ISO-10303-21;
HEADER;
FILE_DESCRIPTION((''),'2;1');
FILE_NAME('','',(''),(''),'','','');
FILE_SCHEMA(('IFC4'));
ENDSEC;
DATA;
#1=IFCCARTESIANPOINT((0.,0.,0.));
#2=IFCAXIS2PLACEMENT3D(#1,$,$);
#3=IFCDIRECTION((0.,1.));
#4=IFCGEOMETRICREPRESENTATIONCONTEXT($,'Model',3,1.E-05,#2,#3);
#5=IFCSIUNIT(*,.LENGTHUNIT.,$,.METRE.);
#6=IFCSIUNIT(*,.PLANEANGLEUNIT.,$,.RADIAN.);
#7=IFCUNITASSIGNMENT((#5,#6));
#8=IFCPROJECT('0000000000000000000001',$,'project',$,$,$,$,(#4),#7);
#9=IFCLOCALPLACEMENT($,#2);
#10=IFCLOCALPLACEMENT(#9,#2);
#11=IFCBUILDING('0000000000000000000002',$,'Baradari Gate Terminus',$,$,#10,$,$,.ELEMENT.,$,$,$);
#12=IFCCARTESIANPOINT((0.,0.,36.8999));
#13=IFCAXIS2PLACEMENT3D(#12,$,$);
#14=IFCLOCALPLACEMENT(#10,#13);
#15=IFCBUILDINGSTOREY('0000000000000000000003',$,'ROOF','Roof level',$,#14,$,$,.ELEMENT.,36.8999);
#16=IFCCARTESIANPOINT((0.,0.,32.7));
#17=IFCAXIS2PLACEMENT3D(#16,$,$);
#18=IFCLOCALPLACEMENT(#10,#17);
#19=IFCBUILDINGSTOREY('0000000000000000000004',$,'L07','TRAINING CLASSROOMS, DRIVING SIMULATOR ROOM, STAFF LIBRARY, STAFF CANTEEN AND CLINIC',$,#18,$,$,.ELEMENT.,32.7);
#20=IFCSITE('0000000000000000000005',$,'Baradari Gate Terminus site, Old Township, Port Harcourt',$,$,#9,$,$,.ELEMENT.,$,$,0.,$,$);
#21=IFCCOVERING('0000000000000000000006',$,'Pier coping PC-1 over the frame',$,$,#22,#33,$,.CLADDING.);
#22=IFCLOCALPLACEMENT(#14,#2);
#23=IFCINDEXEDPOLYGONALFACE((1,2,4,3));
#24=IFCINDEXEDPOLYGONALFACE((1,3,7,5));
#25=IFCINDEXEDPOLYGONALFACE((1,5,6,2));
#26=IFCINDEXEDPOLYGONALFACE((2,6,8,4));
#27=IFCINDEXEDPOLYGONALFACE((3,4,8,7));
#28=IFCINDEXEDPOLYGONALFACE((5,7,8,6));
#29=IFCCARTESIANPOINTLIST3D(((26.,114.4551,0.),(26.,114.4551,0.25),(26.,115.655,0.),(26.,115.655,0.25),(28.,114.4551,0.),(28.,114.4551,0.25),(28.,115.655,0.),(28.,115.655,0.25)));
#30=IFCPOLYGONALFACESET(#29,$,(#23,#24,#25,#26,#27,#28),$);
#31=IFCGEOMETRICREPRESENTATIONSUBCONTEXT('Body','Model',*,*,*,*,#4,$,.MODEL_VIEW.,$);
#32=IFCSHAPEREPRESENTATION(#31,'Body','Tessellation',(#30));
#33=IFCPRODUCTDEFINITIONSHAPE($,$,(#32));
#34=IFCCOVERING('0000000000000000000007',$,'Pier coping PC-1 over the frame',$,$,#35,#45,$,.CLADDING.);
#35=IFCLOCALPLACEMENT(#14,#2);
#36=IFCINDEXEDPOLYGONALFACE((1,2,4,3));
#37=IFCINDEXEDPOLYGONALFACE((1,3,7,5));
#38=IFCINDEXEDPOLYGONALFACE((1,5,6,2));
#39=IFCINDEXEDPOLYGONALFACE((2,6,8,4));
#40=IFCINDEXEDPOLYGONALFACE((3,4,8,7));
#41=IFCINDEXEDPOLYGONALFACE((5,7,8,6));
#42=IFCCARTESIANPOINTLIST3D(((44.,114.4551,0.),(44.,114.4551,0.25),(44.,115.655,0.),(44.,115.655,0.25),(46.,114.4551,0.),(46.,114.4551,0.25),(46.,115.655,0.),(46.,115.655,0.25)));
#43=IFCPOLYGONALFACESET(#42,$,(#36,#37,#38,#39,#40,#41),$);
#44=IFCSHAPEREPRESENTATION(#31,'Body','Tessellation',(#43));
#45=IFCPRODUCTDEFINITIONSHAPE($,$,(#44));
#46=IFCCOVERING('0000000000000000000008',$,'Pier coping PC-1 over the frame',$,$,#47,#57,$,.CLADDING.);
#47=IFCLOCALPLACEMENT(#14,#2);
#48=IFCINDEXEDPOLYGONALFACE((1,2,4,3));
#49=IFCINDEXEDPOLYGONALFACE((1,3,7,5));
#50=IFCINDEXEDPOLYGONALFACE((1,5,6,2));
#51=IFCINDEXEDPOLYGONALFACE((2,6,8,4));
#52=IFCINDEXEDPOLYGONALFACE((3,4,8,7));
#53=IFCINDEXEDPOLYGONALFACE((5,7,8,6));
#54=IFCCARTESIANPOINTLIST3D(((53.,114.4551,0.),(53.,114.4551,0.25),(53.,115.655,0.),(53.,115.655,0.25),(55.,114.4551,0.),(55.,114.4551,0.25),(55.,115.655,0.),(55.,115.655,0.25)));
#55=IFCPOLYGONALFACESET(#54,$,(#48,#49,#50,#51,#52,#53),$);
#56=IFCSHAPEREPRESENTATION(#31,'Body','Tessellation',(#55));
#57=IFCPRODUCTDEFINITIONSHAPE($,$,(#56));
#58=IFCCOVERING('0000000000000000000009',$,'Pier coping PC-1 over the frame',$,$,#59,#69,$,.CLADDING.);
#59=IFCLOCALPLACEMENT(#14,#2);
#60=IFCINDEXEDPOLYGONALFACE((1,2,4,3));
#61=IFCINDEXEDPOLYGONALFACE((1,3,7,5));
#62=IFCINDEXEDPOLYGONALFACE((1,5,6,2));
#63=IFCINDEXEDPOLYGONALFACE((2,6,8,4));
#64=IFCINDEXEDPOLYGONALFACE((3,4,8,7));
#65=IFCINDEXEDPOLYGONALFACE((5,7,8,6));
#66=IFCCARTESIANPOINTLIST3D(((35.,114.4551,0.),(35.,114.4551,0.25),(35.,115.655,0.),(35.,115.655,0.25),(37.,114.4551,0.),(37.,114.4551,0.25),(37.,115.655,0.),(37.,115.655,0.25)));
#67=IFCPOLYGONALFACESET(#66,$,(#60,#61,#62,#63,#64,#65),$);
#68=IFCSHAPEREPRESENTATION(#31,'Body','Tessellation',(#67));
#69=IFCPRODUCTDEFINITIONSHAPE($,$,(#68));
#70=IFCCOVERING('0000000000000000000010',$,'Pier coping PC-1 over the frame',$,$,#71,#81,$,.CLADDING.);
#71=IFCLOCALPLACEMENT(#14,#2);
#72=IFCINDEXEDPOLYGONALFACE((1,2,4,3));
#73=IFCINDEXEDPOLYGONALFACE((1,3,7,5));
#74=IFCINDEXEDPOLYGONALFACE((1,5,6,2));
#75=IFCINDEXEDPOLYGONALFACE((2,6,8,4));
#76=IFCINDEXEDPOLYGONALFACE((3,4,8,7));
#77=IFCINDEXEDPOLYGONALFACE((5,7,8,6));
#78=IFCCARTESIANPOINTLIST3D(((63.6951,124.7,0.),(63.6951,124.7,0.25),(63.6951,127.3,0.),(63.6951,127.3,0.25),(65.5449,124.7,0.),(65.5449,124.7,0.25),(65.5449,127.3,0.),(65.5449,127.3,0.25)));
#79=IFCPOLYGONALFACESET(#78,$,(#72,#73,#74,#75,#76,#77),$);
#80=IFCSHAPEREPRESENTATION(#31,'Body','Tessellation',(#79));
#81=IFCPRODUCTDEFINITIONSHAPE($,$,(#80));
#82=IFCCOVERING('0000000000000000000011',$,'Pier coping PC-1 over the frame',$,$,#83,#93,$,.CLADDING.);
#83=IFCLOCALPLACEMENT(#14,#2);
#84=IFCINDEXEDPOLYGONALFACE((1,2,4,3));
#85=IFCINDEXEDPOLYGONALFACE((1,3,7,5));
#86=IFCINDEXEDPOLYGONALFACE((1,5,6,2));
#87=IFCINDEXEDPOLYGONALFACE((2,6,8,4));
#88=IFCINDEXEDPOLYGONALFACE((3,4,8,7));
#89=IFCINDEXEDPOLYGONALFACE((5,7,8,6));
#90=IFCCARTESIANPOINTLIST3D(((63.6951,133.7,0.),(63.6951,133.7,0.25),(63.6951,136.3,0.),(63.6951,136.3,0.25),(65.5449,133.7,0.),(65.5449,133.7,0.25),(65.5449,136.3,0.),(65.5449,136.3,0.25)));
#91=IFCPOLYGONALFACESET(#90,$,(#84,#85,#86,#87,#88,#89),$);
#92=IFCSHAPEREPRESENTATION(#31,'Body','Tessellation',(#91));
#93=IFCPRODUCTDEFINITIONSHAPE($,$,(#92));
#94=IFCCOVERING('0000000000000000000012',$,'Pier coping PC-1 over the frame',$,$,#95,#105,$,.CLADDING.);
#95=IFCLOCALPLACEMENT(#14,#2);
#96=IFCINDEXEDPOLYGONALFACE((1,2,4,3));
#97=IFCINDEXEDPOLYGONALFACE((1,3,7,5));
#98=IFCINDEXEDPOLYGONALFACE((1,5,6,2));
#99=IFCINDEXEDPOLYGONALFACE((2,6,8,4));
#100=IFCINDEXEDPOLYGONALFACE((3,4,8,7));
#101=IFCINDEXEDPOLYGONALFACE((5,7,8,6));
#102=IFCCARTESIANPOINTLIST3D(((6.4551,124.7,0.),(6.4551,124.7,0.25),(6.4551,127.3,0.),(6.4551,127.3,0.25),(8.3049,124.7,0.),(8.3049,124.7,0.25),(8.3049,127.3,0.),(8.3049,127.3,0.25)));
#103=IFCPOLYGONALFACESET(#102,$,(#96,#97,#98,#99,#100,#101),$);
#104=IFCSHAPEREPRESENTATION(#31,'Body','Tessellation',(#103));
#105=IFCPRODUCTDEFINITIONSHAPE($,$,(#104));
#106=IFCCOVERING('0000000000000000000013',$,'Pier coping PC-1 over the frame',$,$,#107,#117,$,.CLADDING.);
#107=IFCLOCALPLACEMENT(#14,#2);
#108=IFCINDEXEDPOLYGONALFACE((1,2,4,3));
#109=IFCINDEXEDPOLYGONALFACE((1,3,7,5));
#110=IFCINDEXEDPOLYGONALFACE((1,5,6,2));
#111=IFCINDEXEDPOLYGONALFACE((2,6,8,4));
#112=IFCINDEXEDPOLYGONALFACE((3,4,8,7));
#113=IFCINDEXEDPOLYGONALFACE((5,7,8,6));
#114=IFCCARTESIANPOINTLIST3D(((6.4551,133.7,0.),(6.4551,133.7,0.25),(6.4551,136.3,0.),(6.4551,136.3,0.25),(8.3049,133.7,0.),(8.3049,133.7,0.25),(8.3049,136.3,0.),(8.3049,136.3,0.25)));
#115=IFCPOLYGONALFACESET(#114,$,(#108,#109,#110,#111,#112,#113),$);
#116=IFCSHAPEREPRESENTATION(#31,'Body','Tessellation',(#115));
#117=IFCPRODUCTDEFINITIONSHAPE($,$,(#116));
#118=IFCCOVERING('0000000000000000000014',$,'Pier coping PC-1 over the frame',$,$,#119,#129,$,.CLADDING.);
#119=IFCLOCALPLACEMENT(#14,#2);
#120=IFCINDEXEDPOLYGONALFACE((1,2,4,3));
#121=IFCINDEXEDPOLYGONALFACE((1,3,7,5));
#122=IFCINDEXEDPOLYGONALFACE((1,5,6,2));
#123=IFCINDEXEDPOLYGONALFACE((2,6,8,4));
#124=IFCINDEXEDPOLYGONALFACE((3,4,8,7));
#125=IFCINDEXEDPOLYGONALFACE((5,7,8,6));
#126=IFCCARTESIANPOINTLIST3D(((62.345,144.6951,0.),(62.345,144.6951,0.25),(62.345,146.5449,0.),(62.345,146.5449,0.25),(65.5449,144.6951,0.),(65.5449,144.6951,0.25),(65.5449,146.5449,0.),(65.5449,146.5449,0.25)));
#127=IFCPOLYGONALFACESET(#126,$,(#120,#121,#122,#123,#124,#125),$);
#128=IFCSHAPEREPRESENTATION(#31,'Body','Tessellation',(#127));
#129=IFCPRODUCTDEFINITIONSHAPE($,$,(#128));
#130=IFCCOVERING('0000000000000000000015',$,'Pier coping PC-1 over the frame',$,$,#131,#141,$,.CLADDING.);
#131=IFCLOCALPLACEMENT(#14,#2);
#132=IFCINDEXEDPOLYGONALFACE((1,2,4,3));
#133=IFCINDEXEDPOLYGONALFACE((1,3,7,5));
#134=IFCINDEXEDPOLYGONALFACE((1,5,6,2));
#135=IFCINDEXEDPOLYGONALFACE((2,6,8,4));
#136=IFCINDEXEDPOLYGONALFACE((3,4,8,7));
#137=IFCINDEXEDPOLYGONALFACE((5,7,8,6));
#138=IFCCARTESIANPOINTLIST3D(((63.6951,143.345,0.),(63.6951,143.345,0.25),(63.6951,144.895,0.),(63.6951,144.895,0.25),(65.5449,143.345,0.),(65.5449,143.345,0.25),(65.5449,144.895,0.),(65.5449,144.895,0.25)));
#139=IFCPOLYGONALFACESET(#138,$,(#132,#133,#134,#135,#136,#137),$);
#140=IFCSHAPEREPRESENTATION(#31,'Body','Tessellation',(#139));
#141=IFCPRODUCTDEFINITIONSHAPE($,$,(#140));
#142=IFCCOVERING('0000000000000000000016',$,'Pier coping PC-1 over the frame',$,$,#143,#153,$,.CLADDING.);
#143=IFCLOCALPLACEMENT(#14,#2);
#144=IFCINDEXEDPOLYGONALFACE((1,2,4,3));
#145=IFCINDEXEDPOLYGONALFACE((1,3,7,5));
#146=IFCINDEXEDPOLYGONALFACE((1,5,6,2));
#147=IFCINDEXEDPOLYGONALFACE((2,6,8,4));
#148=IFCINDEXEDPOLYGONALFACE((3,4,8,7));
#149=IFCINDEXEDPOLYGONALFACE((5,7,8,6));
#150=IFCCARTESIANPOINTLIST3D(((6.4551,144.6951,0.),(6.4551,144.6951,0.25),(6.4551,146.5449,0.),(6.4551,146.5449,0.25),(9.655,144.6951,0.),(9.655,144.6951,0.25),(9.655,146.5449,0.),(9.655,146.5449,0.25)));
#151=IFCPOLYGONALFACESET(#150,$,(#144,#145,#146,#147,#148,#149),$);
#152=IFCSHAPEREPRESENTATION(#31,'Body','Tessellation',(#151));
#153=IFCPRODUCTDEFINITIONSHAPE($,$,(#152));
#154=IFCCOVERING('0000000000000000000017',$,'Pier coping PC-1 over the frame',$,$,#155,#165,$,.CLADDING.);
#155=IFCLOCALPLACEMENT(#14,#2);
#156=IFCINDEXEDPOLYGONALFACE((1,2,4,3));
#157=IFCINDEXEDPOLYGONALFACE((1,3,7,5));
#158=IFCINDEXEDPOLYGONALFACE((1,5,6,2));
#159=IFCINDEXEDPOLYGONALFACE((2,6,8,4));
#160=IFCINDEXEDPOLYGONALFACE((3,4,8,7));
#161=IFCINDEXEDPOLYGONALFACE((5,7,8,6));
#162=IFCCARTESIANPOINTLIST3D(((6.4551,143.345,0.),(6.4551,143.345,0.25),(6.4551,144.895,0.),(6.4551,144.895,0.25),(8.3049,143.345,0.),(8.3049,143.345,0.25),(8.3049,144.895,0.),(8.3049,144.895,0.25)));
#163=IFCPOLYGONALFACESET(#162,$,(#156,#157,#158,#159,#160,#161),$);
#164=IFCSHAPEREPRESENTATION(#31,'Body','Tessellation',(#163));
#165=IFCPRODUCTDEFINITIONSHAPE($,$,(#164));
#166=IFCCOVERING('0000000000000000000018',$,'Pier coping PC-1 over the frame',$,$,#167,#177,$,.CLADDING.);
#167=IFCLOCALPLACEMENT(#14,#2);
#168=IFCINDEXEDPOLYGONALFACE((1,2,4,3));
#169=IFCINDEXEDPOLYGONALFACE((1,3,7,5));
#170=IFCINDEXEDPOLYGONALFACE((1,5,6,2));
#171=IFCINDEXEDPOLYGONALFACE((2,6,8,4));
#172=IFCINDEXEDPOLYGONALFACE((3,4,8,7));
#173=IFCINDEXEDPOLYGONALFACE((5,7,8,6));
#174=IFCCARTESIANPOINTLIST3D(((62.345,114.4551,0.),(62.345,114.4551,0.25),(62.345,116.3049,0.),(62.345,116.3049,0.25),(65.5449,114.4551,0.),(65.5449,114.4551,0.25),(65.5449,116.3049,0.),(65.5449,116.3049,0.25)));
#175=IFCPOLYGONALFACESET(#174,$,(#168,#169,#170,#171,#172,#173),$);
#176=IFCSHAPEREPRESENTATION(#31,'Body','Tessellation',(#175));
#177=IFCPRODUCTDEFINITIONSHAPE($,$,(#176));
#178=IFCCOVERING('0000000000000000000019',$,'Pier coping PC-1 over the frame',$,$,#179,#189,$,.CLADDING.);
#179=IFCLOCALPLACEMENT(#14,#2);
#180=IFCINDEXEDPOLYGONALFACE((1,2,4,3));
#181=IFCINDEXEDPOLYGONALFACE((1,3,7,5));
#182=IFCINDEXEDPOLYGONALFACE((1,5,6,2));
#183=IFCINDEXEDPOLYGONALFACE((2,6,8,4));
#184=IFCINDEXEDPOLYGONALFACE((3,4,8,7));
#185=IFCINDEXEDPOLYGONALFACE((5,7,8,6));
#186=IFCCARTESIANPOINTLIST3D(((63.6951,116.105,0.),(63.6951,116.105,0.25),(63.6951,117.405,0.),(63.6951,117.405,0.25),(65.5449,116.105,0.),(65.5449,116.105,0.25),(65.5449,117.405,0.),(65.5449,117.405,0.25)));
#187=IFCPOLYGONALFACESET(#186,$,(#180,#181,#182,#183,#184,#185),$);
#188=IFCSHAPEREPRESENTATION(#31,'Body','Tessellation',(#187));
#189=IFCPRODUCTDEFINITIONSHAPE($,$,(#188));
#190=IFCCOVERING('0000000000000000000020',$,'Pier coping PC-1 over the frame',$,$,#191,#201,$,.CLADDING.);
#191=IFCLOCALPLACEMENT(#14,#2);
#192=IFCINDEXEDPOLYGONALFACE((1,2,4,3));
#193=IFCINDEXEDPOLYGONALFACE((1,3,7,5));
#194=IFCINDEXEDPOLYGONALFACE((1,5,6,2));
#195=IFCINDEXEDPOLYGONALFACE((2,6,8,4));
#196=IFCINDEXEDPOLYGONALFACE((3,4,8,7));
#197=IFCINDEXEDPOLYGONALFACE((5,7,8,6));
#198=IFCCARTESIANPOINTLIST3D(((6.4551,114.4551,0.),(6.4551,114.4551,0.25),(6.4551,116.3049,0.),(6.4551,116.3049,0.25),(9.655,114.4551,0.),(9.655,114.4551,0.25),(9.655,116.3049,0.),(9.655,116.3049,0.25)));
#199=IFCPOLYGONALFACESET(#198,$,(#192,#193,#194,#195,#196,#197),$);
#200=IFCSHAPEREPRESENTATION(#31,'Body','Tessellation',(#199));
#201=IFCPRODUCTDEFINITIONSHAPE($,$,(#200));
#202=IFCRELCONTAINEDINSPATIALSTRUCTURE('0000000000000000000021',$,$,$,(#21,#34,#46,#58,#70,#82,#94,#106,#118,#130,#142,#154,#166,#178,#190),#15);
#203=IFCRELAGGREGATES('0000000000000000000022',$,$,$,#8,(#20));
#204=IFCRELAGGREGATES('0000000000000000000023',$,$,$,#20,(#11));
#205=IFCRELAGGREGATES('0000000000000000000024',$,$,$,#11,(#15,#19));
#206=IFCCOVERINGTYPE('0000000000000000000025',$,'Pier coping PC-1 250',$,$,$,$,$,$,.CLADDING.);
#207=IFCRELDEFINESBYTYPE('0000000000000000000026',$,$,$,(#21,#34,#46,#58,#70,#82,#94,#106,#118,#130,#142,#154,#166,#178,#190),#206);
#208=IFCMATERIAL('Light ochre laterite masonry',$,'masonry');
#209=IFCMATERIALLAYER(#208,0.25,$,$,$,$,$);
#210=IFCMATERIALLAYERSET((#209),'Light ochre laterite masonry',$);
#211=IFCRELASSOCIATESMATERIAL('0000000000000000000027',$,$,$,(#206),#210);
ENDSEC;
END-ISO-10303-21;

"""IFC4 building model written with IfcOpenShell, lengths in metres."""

from ifc_helpers import new_model, si_unit, direction, frame, origin, place, context, subcontext, project, spatial, polyline, outline, extrude, material, layer, layer_set, type_object, element, save


model = new_model("IFC4")

# Units and contexts
model_context = context("Model", 3, precision=1e-05, world=origin(), true_north=direction((0.0, 1.0)))
body_context = subcontext(model_context, "Body", "Model", "MODEL_VIEW")
ifc_project = project(units=[si_unit("LENGTHUNIT", "METRE"), si_unit("PLANEANGLEUNIT", "RADIAN")], contexts=[model_context])

# Site, building, storey
site_placement = place(None, origin())
site = spatial("IfcSite", under=ifc_project, at=site_placement, Name="Baradari Gate Terminus site, Old Township, Port Harcourt", CompositionType="ELEMENT", RefElevation=0.0)
building_placement = place(site_placement, origin())
building = spatial("IfcBuilding", under=site, at=building_placement, Name="Baradari Gate Terminus", CompositionType="ELEMENT")
storey_1_placement = place(building_placement, frame((0.0, 0.0, 36.8999)))
storey_1 = spatial("IfcBuildingStorey", under=building, at=storey_1_placement, Name="ROOF", Description="Roof level", CompositionType="ELEMENT", Elevation=36.8999)

# Shared definitions
storey_2_placement = place(building_placement, frame((0.0, 0.0, 32.7)))
storey_2 = spatial("IfcBuildingStorey", under=building, at=storey_2_placement, Name="L07", Description="TRAINING CLASSROOMS, DRIVING SIMULATOR ROOM, STAFF LIBRARY, STAFF CANTEEN AND CLINIC", CompositionType="ELEMENT", Elevation=32.7)

# Coverings
ifc_material_1 = material(Name="Light ochre laterite masonry", Category="masonry")
ifc_layer_1 = layer(ifc_material_1, 0.25)
ifc_layer_set_1 = layer_set([ifc_layer_1], Name="Light ochre laterite masonry")
covering_type_1 = type_object("IfcCoveringType", Name="Pier coping PC-1 250", PredefinedType="CLADDING", material=ifc_layer_set_1)
covering_1_placement = place(storey_1_placement, origin())
element("IfcCovering", 1, at=covering_1_placement, inside=storey_1, type_object=covering_type_1, Name="Pier coping PC-1 over the frame", PredefinedType="CLADDING", context=body_context, shape_type="SweptSolid", body=[
    extrude(outline(polyline([(28.0, 114.4551), (26.0, 114.4551), (26.0, 115.655), (28.0, 115.655), (28.0, 114.4551)])), origin(), (0.0, 0.0, 1.0), 0.25),
])
covering_2_placement = place(storey_1_placement, origin())
element("IfcCovering", 2, at=covering_2_placement, inside=storey_1, type_object=covering_type_1, Name="Pier coping PC-1 over the frame", PredefinedType="CLADDING", context=body_context, shape_type="SweptSolid", body=[
    extrude(outline(polyline([(46.0, 114.4551), (44.0, 114.4551), (44.0, 115.655), (46.0, 115.655), (46.0, 114.4551)])), origin(), (0.0, 0.0, 1.0), 0.25),
])
covering_3_placement = place(storey_1_placement, origin())
element("IfcCovering", 3, at=covering_3_placement, inside=storey_1, type_object=covering_type_1, Name="Pier coping PC-1 over the frame", PredefinedType="CLADDING", context=body_context, shape_type="SweptSolid", body=[
    extrude(outline(polyline([(55.0, 114.4551), (53.0, 114.4551), (53.0, 115.655), (55.0, 115.655), (55.0, 114.4551)])), origin(), (0.0, 0.0, 1.0), 0.25),
])
covering_4_placement = place(storey_1_placement, origin())
element("IfcCovering", 4, at=covering_4_placement, inside=storey_1, type_object=covering_type_1, Name="Pier coping PC-1 over the frame", PredefinedType="CLADDING", context=body_context, shape_type="SweptSolid", body=[
    extrude(outline(polyline([(37.0, 114.4551), (35.0, 114.4551), (35.0, 115.655), (37.0, 115.655), (37.0, 114.4551)])), origin(), (0.0, 0.0, 1.0), 0.25),
])
covering_5_placement = place(storey_1_placement, origin())
element("IfcCovering", 5, at=covering_5_placement, inside=storey_1, type_object=covering_type_1, Name="Pier coping PC-1 over the frame", PredefinedType="CLADDING", context=body_context, shape_type="SweptSolid", body=[
    extrude(outline(polyline([(65.5449, 124.7), (63.6951, 124.7), (63.6951, 127.3), (65.5449, 127.3), (65.5449, 124.7)])), origin(), (0.0, 0.0, 1.0), 0.25),
])
covering_6_placement = place(storey_1_placement, origin())
element("IfcCovering", 6, at=covering_6_placement, inside=storey_1, type_object=covering_type_1, Name="Pier coping PC-1 over the frame", PredefinedType="CLADDING", context=body_context, shape_type="SweptSolid", body=[
    extrude(outline(polyline([(65.5449, 133.7), (63.6951, 133.7), (63.6951, 136.3), (65.5449, 136.3), (65.5449, 133.7)])), origin(), (0.0, 0.0, 1.0), 0.25),
])
covering_7_placement = place(storey_1_placement, origin())
element("IfcCovering", 7, at=covering_7_placement, inside=storey_1, type_object=covering_type_1, Name="Pier coping PC-1 over the frame", PredefinedType="CLADDING", context=body_context, shape_type="SweptSolid", body=[
    extrude(outline(polyline([(8.3049, 124.7), (6.4551, 124.7), (6.4551, 127.3), (8.3049, 127.3), (8.3049, 124.7)])), origin(), (0.0, 0.0, 1.0), 0.25),
])
covering_8_placement = place(storey_1_placement, origin())
element("IfcCovering", 8, at=covering_8_placement, inside=storey_1, type_object=covering_type_1, Name="Pier coping PC-1 over the frame", PredefinedType="CLADDING", context=body_context, shape_type="SweptSolid", body=[
    extrude(outline(polyline([(8.3049, 133.7), (6.4551, 133.7), (6.4551, 136.3), (8.3049, 136.3), (8.3049, 133.7)])), origin(), (0.0, 0.0, 1.0), 0.25),
])
covering_9_placement = place(storey_1_placement, origin())
element("IfcCovering", 9, at=covering_9_placement, inside=storey_1, type_object=covering_type_1, Name="Pier coping PC-1 over the frame", PredefinedType="CLADDING", context=body_context, shape_type="SweptSolid", body=[
    extrude(outline(polyline([(65.5449, 144.6951), (62.345, 144.6951), (62.345, 146.5449), (65.5449, 146.5449), (65.5449, 144.6951)])), origin(), (0.0, 0.0, 1.0), 0.25),
])
covering_10_placement = place(storey_1_placement, origin())
element("IfcCovering", 10, at=covering_10_placement, inside=storey_1, type_object=covering_type_1, Name="Pier coping PC-1 over the frame", PredefinedType="CLADDING", context=body_context, shape_type="SweptSolid", body=[
    extrude(outline(polyline([(65.5449, 143.345), (63.6951, 143.345), (63.6951, 144.895), (65.5449, 144.895), (65.5449, 143.345)])), origin(), (0.0, 0.0, 1.0), 0.25),
])
covering_11_placement = place(storey_1_placement, origin())
element("IfcCovering", 11, at=covering_11_placement, inside=storey_1, type_object=covering_type_1, Name="Pier coping PC-1 over the frame", PredefinedType="CLADDING", context=body_context, shape_type="SweptSolid", body=[
    extrude(outline(polyline([(9.655, 144.6951), (6.4551, 144.6951), (6.4551, 146.5449), (9.655, 146.5449), (9.655, 144.6951)])), origin(), (0.0, 0.0, 1.0), 0.25),
])
covering_12_placement = place(storey_1_placement, origin())
element("IfcCovering", 12, at=covering_12_placement, inside=storey_1, type_object=covering_type_1, Name="Pier coping PC-1 over the frame", PredefinedType="CLADDING", context=body_context, shape_type="SweptSolid", body=[
    extrude(outline(polyline([(8.3049, 143.345), (6.4551, 143.345), (6.4551, 144.895), (8.3049, 144.895), (8.3049, 143.345)])), origin(), (0.0, 0.0, 1.0), 0.25),
])
covering_13_placement = place(storey_1_placement, origin())
element("IfcCovering", 13, at=covering_13_placement, inside=storey_1, type_object=covering_type_1, Name="Pier coping PC-1 over the frame", PredefinedType="CLADDING", context=body_context, shape_type="SweptSolid", body=[
    extrude(outline(polyline([(65.5449, 114.4551), (62.345, 114.4551), (62.345, 116.3049), (65.5449, 116.3049), (65.5449, 114.4551)])), origin(), (0.0, 0.0, 1.0), 0.25),
])
covering_14_placement = place(storey_1_placement, origin())
element("IfcCovering", 14, at=covering_14_placement, inside=storey_1, type_object=covering_type_1, Name="Pier coping PC-1 over the frame", PredefinedType="CLADDING", context=body_context, shape_type="SweptSolid", body=[
    extrude(outline(polyline([(65.5449, 116.105), (63.6951, 116.105), (63.6951, 117.405), (65.5449, 117.405), (65.5449, 116.105)])), origin(), (0.0, 0.0, 1.0), 0.25),
])
covering_15_placement = place(storey_1_placement, origin())
element("IfcCovering", 15, at=covering_15_placement, inside=storey_1, type_object=covering_type_1, Name="Pier coping PC-1 over the frame", PredefinedType="CLADDING", context=body_context, shape_type="SweptSolid", body=[
    extrude(outline(polyline([(9.655, 114.4551), (6.4551, 114.4551), (6.4551, 116.3049), (9.655, 116.3049), (9.655, 114.4551)])), origin(), (0.0, 0.0, 1.0), 0.25),
])

save(model, "model.ifc")
